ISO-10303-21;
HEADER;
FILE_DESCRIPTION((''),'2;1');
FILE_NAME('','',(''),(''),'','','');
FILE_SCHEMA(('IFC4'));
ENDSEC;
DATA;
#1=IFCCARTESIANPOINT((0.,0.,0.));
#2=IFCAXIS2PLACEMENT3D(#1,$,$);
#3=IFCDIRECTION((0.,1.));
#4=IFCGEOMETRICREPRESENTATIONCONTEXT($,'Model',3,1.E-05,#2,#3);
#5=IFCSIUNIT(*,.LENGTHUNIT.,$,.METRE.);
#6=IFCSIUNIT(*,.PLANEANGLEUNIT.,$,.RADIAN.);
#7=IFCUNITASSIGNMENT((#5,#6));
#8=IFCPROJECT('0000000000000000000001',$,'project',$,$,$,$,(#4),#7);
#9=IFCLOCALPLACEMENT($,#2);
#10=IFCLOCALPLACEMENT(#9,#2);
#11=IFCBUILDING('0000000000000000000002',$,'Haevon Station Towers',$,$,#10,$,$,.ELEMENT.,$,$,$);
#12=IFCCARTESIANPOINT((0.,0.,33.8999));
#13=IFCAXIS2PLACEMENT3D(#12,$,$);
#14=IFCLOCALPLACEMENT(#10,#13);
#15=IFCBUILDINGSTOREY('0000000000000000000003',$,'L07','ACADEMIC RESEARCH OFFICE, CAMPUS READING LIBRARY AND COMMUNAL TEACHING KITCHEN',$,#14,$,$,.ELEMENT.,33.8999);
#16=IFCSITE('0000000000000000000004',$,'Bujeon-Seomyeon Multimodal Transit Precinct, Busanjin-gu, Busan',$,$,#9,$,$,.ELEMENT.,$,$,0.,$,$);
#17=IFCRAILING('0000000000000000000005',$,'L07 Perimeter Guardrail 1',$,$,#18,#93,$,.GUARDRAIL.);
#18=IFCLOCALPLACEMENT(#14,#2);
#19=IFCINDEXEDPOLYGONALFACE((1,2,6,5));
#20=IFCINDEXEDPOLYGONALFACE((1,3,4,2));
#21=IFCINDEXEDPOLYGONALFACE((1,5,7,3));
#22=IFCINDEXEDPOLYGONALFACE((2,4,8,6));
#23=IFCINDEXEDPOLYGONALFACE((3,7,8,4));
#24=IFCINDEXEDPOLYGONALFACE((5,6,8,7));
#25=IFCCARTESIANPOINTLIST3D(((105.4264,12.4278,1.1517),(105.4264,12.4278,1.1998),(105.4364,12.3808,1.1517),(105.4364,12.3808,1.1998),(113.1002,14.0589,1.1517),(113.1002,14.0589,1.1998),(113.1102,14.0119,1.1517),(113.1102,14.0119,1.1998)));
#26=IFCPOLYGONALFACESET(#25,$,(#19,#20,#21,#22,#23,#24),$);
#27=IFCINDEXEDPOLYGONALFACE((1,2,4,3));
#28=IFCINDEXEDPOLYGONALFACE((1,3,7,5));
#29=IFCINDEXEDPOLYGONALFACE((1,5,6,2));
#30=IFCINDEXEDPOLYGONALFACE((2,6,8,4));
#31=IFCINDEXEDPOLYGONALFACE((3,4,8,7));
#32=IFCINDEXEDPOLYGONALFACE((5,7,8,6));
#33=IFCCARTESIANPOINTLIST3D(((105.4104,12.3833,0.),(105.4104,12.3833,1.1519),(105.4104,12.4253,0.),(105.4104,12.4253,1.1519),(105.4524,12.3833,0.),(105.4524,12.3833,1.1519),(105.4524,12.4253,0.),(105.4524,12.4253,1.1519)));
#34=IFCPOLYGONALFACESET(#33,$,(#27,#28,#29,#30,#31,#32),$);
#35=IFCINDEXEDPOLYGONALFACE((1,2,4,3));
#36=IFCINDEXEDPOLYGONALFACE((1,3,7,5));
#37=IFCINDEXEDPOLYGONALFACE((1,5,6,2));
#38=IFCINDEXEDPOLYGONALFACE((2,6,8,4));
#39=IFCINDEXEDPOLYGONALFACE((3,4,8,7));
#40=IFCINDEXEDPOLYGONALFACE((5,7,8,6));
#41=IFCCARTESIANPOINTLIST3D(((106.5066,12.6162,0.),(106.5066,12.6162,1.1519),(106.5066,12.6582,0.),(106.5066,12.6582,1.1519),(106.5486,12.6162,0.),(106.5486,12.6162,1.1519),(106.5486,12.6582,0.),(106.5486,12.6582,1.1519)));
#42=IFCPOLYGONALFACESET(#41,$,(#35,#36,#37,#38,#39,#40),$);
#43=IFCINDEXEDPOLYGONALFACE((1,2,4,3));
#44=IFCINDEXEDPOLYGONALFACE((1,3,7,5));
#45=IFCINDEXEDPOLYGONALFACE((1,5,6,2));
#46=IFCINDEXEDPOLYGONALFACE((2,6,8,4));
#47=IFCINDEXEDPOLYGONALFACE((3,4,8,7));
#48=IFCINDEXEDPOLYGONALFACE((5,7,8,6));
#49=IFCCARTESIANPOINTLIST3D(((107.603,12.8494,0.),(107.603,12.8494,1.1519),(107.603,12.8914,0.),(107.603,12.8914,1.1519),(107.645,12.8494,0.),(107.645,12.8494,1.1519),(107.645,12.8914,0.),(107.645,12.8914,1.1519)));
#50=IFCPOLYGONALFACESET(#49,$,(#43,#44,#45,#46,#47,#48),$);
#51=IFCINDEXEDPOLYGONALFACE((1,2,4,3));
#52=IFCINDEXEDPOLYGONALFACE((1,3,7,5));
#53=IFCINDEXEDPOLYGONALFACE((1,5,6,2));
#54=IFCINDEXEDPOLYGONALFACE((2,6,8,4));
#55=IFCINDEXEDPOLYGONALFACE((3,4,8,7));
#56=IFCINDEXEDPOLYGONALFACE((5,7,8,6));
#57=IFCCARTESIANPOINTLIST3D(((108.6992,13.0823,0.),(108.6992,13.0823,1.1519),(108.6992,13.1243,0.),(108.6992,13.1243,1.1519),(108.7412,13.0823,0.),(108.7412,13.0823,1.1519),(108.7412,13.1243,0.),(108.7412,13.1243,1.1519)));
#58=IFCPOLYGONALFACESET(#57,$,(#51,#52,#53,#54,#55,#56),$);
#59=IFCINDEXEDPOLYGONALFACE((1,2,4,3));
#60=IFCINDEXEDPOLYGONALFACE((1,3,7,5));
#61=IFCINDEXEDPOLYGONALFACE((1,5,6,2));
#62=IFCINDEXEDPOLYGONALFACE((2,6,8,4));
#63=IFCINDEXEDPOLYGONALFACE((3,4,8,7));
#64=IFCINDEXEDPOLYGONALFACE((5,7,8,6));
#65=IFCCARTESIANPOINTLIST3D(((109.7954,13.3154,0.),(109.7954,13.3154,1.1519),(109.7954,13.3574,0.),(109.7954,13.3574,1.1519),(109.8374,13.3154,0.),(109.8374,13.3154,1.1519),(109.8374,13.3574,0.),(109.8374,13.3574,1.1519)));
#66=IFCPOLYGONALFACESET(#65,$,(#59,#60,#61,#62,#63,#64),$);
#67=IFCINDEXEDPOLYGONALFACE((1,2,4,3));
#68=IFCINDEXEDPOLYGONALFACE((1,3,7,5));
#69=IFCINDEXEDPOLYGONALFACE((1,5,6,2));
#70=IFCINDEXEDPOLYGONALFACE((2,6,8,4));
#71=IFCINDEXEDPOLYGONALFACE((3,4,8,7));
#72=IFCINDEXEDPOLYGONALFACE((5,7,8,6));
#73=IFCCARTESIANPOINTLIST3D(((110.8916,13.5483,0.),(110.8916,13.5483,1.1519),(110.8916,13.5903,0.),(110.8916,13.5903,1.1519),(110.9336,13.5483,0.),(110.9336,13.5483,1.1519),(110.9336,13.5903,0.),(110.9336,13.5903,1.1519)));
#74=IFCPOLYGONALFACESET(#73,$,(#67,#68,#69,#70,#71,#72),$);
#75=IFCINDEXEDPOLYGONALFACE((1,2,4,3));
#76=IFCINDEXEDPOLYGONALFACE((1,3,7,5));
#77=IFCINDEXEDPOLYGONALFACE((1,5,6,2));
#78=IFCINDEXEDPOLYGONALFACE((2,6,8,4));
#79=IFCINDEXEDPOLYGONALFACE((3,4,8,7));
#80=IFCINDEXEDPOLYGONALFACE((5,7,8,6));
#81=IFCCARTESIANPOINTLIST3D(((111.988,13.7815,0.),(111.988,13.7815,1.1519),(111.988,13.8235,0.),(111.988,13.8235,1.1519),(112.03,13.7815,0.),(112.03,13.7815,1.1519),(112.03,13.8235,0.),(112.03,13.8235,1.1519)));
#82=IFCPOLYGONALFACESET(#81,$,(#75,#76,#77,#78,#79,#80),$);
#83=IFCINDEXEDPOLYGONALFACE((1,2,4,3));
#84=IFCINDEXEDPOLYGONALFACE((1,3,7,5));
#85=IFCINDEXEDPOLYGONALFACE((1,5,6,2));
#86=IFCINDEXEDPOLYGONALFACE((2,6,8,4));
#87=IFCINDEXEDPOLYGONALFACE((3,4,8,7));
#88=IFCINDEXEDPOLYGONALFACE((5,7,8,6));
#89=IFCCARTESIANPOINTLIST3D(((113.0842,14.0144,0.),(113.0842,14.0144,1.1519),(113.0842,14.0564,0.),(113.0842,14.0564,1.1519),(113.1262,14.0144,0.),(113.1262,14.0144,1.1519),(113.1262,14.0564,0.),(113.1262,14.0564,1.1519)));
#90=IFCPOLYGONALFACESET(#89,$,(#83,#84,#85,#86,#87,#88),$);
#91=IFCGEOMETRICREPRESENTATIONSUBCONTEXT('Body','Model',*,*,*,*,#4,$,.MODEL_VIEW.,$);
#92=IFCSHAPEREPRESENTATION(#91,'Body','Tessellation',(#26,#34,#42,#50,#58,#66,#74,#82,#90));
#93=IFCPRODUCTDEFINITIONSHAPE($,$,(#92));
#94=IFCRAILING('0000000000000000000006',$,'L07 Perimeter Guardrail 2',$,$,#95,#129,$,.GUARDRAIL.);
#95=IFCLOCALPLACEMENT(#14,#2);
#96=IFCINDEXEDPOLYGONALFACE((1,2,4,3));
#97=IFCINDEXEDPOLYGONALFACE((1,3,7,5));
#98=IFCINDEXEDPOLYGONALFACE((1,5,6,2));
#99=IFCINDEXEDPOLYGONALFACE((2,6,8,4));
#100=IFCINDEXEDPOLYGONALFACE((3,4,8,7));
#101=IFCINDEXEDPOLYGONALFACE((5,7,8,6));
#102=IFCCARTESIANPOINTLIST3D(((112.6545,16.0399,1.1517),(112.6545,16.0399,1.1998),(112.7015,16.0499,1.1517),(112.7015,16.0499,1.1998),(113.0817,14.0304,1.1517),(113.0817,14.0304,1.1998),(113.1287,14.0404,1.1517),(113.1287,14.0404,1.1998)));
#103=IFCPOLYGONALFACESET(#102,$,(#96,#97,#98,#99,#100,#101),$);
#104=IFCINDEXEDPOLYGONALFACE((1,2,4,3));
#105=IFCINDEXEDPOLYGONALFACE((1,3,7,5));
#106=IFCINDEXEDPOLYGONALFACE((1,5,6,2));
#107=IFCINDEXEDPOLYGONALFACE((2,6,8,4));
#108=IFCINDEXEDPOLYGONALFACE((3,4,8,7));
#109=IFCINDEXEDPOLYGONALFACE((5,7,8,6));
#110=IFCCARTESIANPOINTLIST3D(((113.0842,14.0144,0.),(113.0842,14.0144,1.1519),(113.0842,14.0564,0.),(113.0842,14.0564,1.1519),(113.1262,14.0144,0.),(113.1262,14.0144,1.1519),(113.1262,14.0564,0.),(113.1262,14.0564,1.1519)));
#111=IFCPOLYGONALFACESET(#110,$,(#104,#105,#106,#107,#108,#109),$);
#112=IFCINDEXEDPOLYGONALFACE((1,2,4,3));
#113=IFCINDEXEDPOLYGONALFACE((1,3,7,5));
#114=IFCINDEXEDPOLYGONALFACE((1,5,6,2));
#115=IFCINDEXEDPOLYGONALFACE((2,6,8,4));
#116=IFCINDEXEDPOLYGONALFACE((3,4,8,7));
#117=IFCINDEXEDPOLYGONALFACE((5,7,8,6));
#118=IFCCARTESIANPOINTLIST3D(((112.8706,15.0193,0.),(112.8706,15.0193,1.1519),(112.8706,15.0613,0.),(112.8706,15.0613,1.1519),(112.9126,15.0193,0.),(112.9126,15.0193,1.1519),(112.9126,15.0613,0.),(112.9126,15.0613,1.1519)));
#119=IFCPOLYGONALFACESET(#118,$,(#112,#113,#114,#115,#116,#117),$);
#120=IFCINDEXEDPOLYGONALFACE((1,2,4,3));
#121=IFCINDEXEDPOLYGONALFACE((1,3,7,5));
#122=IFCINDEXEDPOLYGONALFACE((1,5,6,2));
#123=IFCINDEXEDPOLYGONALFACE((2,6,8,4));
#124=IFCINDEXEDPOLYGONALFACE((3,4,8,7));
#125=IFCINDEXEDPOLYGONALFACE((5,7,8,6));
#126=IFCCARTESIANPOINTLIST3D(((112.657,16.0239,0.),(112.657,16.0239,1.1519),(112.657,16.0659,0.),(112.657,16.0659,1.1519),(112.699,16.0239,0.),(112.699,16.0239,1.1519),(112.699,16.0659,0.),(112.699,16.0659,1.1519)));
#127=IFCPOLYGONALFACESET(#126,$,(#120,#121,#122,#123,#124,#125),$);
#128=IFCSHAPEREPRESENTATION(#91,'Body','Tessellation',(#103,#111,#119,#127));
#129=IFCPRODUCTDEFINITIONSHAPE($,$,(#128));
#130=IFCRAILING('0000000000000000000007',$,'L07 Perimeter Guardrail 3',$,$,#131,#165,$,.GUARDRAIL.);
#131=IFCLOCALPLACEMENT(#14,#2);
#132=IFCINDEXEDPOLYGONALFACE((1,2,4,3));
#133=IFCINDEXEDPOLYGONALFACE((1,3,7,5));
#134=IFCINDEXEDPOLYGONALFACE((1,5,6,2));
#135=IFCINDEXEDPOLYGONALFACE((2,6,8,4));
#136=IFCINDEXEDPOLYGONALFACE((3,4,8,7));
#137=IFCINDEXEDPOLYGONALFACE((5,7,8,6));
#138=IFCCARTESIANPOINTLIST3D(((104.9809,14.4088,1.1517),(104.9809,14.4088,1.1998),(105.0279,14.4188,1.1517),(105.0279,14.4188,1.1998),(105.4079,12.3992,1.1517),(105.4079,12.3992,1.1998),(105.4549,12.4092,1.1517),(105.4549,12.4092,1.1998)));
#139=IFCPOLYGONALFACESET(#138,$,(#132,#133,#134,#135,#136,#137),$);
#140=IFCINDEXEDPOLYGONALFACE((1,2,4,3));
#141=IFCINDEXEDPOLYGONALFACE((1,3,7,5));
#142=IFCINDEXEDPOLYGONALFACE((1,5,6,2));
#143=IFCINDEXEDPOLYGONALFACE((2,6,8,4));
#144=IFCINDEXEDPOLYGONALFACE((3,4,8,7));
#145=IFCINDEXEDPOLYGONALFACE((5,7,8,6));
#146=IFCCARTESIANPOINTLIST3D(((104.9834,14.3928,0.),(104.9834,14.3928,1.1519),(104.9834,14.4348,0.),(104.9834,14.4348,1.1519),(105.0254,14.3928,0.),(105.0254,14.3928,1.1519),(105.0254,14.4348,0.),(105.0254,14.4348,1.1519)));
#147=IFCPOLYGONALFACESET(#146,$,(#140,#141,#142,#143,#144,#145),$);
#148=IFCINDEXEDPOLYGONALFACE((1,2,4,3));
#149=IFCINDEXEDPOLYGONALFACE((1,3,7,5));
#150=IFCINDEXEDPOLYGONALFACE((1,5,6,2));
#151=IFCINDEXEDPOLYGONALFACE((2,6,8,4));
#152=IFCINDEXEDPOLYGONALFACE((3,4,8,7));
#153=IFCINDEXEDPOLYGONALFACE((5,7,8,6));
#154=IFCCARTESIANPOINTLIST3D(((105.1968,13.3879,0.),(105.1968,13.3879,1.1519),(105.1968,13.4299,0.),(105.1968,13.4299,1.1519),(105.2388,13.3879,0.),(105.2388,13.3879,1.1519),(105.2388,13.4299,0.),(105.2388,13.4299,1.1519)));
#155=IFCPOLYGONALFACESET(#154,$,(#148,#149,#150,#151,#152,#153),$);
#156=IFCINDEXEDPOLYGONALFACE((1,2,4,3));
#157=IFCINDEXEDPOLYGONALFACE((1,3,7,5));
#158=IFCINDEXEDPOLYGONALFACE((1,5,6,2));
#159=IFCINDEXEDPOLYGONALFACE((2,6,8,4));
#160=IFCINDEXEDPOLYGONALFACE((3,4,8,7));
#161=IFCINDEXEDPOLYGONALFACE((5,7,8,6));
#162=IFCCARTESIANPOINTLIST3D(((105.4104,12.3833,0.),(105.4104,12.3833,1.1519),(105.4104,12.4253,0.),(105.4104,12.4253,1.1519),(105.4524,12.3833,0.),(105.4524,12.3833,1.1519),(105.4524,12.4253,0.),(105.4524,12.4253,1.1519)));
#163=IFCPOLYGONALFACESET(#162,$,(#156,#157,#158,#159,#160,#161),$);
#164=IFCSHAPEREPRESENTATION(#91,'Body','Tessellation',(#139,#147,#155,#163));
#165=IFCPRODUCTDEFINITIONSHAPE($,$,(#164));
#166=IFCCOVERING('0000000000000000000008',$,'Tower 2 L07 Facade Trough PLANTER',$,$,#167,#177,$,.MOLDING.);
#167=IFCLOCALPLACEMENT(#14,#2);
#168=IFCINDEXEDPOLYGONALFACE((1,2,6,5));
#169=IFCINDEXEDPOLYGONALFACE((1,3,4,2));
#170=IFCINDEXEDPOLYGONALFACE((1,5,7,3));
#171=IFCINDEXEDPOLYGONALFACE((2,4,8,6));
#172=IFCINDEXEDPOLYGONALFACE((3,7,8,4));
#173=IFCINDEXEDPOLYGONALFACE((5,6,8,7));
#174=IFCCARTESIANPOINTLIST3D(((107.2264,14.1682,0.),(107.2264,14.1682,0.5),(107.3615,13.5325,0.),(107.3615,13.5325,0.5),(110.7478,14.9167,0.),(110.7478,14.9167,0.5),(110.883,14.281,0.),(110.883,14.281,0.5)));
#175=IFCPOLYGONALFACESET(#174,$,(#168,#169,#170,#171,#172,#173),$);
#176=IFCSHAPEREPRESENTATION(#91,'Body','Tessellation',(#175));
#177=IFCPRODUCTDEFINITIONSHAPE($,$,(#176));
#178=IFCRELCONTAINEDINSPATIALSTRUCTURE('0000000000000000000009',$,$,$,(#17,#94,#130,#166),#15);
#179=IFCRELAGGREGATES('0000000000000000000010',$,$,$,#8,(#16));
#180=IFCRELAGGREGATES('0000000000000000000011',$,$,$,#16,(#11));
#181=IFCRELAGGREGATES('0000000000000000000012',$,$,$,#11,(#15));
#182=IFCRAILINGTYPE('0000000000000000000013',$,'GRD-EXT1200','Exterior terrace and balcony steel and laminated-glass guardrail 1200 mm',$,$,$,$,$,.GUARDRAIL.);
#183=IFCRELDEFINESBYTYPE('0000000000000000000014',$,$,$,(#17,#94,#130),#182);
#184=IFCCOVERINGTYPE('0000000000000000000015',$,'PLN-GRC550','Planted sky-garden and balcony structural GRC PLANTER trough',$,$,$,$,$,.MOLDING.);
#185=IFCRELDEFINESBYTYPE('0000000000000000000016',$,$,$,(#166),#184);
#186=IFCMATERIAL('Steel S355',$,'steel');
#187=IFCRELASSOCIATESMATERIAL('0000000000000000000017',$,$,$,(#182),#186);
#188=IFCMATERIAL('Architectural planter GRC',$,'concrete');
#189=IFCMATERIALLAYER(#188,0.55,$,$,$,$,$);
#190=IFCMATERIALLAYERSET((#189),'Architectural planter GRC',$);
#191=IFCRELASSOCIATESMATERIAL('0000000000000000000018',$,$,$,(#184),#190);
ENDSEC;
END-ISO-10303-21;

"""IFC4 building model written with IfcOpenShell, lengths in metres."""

from ifc_helpers import new_model, si_unit, direction, frame, origin, origin_2d, place, context, subcontext, project, spatial, rectangle, extrude, material, layer, layer_set, type_object, element, save


model = new_model("IFC4")

# Units and contexts
model_context = context("Model", 3, precision=1e-05, world=origin(), true_north=direction((0.0, 1.0)))
body_context = subcontext(model_context, "Body", "Model", "MODEL_VIEW")
ifc_project = project(units=[si_unit("LENGTHUNIT", "METRE"), si_unit("PLANEANGLEUNIT", "RADIAN")], contexts=[model_context])

# Site, building, storey
site_placement = place(None, origin())
site = spatial("IfcSite", under=ifc_project, at=site_placement, Name="Bujeon-Seomyeon Multimodal Transit Precinct, Busanjin-gu, Busan", CompositionType="ELEMENT", RefElevation=0.0)
building_placement = place(site_placement, origin())
building = spatial("IfcBuilding", under=site, at=building_placement, Name="Haevon Station Towers", CompositionType="ELEMENT")
storey_placement = place(building_placement, frame((0.0, 0.0, 33.8999)))
storey = spatial("IfcBuildingStorey", under=building, at=storey_placement, Name="L07", Description="ACADEMIC RESEARCH OFFICE, CAMPUS READING LIBRARY AND COMMUNAL TEACHING KITCHEN", CompositionType="ELEMENT", Elevation=33.8999)

# Shared definitions
ifc_material_1 = material(Name="Steel S355", Category="steel")

# Railings
railing_type_1 = type_object("IfcRailingType", Name="GRD-EXT1200", Description="Exterior terrace and balcony steel and laminated-glass guardrail 1200 mm", PredefinedType="GUARDRAIL", material=ifc_material_1)
railing_1_placement = place(storey_placement, frame((105.4314, 12.4043, 0.0)))
element("IfcRailing", 1, at=railing_1_placement, inside=storey, type_object=railing_type_1, Name="L07 Perimeter Guardrail 1", PredefinedType="GUARDRAIL", context=body_context, shape_type="SweptSolid", body=[
    extrude(rectangle(XDim=0.0481, YDim=0.0481, at=origin_2d()), frame((0.0, 0.0, 1.1758), z_axis=(0.978148, 0.207909, 0.0), x_axis=(-0.207909, 0.978148, 0.0)), (0.0, 0.0, 1.0), 7.8452),
    extrude(rectangle(XDim=0.042, YDim=0.042, at=origin_2d()), origin(), (0.0, 0.0, 1.0), 1.1519),
    extrude(rectangle(XDim=0.042, YDim=0.042, at=origin_2d()), frame((1.0962, 0.2329, 0.0)), (0.0, 0.0, 1.0), 1.1519),
    extrude(rectangle(XDim=0.042, YDim=0.042, at=origin_2d()), frame((2.1926, 0.4661, 0.0)), (0.0, 0.0, 1.0), 1.1519),
    extrude(rectangle(XDim=0.042, YDim=0.042, at=origin_2d()), frame((3.2888, 0.699, 0.0)), (0.0, 0.0, 1.0), 1.1519),
    extrude(rectangle(XDim=0.042, YDim=0.042, at=origin_2d()), frame((4.385, 0.9321, 0.0)), (0.0, 0.0, 1.0), 1.1519),
    extrude(rectangle(XDim=0.042, YDim=0.042, at=origin_2d()), frame((5.4812, 1.165, 0.0)), (0.0, 0.0, 1.0), 1.1519),
    extrude(rectangle(XDim=0.042, YDim=0.042, at=origin_2d()), frame((6.5776, 1.3982, 0.0)), (0.0, 0.0, 1.0), 1.1519),
    extrude(rectangle(XDim=0.042, YDim=0.042, at=origin_2d()), frame((7.6738, 1.6311, 0.0)), (0.0, 0.0, 1.0), 1.1519),
])
railing_2_placement = place(storey_placement, frame((113.1052, 14.0354, 0.0)))
element("IfcRailing", 2, at=railing_2_placement, inside=storey, type_object=railing_type_1, Name="L07 Perimeter Guardrail 2", PredefinedType="GUARDRAIL", context=body_context, shape_type="SweptSolid", body=[
    extrude(rectangle(XDim=0.0481, YDim=0.0481, at=origin_2d()), frame((0.0, 0.0, 1.1758), z_axis=(-0.207963, 0.978137, 0.0), x_axis=(-0.978137, -0.207963, 0.0)), (0.0, 0.0, 1.0), 2.0544),
    extrude(rectangle(XDim=0.042, YDim=0.042, at=origin_2d()), origin(), (0.0, 0.0, 1.0), 1.1519),
    extrude(rectangle(XDim=0.042, YDim=0.042, at=origin_2d()), frame((-0.2136, 1.0049, 0.0)), (0.0, 0.0, 1.0), 1.1519),
    extrude(rectangle(XDim=0.042, YDim=0.042, at=origin_2d()), frame((-0.4272, 2.0095, 0.0)), (0.0, 0.0, 1.0), 1.1519),
])
railing_3_placement = place(storey_placement, frame((105.0044, 14.4138, 0.0)))
element("IfcRailing", 3, at=railing_3_placement, inside=storey, type_object=railing_type_1, Name="L07 Perimeter Guardrail 3", PredefinedType="GUARDRAIL", context=body_context, shape_type="SweptSolid", body=[
    extrude(rectangle(XDim=0.0481, YDim=0.0481, at=origin_2d()), frame((0.0, 0.0, 1.1758), z_axis=(0.207849, -0.978161, 0.0), x_axis=(0.978161, 0.207849, 0.0)), (0.0, 0.0, 1.0), 2.0544),
    extrude(rectangle(XDim=0.042, YDim=0.042, at=origin_2d()), origin(), (0.0, 0.0, 1.0), 1.1519),
    extrude(rectangle(XDim=0.042, YDim=0.042, at=origin_2d()), frame((0.2134, -1.0049, 0.0)), (0.0, 0.0, 1.0), 1.1519),
    extrude(rectangle(XDim=0.042, YDim=0.042, at=origin_2d()), frame((0.427, -2.0095, 0.0)), (0.0, 0.0, 1.0), 1.1519),
])

# Covering
ifc_material_2 = material(Name="Architectural planter GRC", Category="concrete")
ifc_layer_1 = layer(ifc_material_2, 0.55)
ifc_layer_set_1 = layer_set([ifc_layer_1], Name="Architectural planter GRC")
covering_type = type_object("IfcCoveringType", Name="PLN-GRC550", Description="Planted sky-garden and balcony structural GRC PLANTER trough", PredefinedType="MOLDING", material=ifc_layer_set_1)
covering_placement = place(storey_placement, frame((109.0547, 14.2246, 0.0), z_axis=(0.0, 0.0, 1.0), x_axis=(0.978148, 0.207912, 0.0)))
element("IfcCovering", 4, at=covering_placement, inside=storey, type_object=covering_type, Name="Tower 2 L07 Facade Trough PLANTER", PredefinedType="MOLDING", context=body_context, shape_type="SweptSolid", body=[
    extrude(rectangle(XDim=3.6001, YDim=0.6499, at=origin_2d()), origin(), (0.0, 0.0, 1.0), 0.5),
])

save(model, "model.ifc")
